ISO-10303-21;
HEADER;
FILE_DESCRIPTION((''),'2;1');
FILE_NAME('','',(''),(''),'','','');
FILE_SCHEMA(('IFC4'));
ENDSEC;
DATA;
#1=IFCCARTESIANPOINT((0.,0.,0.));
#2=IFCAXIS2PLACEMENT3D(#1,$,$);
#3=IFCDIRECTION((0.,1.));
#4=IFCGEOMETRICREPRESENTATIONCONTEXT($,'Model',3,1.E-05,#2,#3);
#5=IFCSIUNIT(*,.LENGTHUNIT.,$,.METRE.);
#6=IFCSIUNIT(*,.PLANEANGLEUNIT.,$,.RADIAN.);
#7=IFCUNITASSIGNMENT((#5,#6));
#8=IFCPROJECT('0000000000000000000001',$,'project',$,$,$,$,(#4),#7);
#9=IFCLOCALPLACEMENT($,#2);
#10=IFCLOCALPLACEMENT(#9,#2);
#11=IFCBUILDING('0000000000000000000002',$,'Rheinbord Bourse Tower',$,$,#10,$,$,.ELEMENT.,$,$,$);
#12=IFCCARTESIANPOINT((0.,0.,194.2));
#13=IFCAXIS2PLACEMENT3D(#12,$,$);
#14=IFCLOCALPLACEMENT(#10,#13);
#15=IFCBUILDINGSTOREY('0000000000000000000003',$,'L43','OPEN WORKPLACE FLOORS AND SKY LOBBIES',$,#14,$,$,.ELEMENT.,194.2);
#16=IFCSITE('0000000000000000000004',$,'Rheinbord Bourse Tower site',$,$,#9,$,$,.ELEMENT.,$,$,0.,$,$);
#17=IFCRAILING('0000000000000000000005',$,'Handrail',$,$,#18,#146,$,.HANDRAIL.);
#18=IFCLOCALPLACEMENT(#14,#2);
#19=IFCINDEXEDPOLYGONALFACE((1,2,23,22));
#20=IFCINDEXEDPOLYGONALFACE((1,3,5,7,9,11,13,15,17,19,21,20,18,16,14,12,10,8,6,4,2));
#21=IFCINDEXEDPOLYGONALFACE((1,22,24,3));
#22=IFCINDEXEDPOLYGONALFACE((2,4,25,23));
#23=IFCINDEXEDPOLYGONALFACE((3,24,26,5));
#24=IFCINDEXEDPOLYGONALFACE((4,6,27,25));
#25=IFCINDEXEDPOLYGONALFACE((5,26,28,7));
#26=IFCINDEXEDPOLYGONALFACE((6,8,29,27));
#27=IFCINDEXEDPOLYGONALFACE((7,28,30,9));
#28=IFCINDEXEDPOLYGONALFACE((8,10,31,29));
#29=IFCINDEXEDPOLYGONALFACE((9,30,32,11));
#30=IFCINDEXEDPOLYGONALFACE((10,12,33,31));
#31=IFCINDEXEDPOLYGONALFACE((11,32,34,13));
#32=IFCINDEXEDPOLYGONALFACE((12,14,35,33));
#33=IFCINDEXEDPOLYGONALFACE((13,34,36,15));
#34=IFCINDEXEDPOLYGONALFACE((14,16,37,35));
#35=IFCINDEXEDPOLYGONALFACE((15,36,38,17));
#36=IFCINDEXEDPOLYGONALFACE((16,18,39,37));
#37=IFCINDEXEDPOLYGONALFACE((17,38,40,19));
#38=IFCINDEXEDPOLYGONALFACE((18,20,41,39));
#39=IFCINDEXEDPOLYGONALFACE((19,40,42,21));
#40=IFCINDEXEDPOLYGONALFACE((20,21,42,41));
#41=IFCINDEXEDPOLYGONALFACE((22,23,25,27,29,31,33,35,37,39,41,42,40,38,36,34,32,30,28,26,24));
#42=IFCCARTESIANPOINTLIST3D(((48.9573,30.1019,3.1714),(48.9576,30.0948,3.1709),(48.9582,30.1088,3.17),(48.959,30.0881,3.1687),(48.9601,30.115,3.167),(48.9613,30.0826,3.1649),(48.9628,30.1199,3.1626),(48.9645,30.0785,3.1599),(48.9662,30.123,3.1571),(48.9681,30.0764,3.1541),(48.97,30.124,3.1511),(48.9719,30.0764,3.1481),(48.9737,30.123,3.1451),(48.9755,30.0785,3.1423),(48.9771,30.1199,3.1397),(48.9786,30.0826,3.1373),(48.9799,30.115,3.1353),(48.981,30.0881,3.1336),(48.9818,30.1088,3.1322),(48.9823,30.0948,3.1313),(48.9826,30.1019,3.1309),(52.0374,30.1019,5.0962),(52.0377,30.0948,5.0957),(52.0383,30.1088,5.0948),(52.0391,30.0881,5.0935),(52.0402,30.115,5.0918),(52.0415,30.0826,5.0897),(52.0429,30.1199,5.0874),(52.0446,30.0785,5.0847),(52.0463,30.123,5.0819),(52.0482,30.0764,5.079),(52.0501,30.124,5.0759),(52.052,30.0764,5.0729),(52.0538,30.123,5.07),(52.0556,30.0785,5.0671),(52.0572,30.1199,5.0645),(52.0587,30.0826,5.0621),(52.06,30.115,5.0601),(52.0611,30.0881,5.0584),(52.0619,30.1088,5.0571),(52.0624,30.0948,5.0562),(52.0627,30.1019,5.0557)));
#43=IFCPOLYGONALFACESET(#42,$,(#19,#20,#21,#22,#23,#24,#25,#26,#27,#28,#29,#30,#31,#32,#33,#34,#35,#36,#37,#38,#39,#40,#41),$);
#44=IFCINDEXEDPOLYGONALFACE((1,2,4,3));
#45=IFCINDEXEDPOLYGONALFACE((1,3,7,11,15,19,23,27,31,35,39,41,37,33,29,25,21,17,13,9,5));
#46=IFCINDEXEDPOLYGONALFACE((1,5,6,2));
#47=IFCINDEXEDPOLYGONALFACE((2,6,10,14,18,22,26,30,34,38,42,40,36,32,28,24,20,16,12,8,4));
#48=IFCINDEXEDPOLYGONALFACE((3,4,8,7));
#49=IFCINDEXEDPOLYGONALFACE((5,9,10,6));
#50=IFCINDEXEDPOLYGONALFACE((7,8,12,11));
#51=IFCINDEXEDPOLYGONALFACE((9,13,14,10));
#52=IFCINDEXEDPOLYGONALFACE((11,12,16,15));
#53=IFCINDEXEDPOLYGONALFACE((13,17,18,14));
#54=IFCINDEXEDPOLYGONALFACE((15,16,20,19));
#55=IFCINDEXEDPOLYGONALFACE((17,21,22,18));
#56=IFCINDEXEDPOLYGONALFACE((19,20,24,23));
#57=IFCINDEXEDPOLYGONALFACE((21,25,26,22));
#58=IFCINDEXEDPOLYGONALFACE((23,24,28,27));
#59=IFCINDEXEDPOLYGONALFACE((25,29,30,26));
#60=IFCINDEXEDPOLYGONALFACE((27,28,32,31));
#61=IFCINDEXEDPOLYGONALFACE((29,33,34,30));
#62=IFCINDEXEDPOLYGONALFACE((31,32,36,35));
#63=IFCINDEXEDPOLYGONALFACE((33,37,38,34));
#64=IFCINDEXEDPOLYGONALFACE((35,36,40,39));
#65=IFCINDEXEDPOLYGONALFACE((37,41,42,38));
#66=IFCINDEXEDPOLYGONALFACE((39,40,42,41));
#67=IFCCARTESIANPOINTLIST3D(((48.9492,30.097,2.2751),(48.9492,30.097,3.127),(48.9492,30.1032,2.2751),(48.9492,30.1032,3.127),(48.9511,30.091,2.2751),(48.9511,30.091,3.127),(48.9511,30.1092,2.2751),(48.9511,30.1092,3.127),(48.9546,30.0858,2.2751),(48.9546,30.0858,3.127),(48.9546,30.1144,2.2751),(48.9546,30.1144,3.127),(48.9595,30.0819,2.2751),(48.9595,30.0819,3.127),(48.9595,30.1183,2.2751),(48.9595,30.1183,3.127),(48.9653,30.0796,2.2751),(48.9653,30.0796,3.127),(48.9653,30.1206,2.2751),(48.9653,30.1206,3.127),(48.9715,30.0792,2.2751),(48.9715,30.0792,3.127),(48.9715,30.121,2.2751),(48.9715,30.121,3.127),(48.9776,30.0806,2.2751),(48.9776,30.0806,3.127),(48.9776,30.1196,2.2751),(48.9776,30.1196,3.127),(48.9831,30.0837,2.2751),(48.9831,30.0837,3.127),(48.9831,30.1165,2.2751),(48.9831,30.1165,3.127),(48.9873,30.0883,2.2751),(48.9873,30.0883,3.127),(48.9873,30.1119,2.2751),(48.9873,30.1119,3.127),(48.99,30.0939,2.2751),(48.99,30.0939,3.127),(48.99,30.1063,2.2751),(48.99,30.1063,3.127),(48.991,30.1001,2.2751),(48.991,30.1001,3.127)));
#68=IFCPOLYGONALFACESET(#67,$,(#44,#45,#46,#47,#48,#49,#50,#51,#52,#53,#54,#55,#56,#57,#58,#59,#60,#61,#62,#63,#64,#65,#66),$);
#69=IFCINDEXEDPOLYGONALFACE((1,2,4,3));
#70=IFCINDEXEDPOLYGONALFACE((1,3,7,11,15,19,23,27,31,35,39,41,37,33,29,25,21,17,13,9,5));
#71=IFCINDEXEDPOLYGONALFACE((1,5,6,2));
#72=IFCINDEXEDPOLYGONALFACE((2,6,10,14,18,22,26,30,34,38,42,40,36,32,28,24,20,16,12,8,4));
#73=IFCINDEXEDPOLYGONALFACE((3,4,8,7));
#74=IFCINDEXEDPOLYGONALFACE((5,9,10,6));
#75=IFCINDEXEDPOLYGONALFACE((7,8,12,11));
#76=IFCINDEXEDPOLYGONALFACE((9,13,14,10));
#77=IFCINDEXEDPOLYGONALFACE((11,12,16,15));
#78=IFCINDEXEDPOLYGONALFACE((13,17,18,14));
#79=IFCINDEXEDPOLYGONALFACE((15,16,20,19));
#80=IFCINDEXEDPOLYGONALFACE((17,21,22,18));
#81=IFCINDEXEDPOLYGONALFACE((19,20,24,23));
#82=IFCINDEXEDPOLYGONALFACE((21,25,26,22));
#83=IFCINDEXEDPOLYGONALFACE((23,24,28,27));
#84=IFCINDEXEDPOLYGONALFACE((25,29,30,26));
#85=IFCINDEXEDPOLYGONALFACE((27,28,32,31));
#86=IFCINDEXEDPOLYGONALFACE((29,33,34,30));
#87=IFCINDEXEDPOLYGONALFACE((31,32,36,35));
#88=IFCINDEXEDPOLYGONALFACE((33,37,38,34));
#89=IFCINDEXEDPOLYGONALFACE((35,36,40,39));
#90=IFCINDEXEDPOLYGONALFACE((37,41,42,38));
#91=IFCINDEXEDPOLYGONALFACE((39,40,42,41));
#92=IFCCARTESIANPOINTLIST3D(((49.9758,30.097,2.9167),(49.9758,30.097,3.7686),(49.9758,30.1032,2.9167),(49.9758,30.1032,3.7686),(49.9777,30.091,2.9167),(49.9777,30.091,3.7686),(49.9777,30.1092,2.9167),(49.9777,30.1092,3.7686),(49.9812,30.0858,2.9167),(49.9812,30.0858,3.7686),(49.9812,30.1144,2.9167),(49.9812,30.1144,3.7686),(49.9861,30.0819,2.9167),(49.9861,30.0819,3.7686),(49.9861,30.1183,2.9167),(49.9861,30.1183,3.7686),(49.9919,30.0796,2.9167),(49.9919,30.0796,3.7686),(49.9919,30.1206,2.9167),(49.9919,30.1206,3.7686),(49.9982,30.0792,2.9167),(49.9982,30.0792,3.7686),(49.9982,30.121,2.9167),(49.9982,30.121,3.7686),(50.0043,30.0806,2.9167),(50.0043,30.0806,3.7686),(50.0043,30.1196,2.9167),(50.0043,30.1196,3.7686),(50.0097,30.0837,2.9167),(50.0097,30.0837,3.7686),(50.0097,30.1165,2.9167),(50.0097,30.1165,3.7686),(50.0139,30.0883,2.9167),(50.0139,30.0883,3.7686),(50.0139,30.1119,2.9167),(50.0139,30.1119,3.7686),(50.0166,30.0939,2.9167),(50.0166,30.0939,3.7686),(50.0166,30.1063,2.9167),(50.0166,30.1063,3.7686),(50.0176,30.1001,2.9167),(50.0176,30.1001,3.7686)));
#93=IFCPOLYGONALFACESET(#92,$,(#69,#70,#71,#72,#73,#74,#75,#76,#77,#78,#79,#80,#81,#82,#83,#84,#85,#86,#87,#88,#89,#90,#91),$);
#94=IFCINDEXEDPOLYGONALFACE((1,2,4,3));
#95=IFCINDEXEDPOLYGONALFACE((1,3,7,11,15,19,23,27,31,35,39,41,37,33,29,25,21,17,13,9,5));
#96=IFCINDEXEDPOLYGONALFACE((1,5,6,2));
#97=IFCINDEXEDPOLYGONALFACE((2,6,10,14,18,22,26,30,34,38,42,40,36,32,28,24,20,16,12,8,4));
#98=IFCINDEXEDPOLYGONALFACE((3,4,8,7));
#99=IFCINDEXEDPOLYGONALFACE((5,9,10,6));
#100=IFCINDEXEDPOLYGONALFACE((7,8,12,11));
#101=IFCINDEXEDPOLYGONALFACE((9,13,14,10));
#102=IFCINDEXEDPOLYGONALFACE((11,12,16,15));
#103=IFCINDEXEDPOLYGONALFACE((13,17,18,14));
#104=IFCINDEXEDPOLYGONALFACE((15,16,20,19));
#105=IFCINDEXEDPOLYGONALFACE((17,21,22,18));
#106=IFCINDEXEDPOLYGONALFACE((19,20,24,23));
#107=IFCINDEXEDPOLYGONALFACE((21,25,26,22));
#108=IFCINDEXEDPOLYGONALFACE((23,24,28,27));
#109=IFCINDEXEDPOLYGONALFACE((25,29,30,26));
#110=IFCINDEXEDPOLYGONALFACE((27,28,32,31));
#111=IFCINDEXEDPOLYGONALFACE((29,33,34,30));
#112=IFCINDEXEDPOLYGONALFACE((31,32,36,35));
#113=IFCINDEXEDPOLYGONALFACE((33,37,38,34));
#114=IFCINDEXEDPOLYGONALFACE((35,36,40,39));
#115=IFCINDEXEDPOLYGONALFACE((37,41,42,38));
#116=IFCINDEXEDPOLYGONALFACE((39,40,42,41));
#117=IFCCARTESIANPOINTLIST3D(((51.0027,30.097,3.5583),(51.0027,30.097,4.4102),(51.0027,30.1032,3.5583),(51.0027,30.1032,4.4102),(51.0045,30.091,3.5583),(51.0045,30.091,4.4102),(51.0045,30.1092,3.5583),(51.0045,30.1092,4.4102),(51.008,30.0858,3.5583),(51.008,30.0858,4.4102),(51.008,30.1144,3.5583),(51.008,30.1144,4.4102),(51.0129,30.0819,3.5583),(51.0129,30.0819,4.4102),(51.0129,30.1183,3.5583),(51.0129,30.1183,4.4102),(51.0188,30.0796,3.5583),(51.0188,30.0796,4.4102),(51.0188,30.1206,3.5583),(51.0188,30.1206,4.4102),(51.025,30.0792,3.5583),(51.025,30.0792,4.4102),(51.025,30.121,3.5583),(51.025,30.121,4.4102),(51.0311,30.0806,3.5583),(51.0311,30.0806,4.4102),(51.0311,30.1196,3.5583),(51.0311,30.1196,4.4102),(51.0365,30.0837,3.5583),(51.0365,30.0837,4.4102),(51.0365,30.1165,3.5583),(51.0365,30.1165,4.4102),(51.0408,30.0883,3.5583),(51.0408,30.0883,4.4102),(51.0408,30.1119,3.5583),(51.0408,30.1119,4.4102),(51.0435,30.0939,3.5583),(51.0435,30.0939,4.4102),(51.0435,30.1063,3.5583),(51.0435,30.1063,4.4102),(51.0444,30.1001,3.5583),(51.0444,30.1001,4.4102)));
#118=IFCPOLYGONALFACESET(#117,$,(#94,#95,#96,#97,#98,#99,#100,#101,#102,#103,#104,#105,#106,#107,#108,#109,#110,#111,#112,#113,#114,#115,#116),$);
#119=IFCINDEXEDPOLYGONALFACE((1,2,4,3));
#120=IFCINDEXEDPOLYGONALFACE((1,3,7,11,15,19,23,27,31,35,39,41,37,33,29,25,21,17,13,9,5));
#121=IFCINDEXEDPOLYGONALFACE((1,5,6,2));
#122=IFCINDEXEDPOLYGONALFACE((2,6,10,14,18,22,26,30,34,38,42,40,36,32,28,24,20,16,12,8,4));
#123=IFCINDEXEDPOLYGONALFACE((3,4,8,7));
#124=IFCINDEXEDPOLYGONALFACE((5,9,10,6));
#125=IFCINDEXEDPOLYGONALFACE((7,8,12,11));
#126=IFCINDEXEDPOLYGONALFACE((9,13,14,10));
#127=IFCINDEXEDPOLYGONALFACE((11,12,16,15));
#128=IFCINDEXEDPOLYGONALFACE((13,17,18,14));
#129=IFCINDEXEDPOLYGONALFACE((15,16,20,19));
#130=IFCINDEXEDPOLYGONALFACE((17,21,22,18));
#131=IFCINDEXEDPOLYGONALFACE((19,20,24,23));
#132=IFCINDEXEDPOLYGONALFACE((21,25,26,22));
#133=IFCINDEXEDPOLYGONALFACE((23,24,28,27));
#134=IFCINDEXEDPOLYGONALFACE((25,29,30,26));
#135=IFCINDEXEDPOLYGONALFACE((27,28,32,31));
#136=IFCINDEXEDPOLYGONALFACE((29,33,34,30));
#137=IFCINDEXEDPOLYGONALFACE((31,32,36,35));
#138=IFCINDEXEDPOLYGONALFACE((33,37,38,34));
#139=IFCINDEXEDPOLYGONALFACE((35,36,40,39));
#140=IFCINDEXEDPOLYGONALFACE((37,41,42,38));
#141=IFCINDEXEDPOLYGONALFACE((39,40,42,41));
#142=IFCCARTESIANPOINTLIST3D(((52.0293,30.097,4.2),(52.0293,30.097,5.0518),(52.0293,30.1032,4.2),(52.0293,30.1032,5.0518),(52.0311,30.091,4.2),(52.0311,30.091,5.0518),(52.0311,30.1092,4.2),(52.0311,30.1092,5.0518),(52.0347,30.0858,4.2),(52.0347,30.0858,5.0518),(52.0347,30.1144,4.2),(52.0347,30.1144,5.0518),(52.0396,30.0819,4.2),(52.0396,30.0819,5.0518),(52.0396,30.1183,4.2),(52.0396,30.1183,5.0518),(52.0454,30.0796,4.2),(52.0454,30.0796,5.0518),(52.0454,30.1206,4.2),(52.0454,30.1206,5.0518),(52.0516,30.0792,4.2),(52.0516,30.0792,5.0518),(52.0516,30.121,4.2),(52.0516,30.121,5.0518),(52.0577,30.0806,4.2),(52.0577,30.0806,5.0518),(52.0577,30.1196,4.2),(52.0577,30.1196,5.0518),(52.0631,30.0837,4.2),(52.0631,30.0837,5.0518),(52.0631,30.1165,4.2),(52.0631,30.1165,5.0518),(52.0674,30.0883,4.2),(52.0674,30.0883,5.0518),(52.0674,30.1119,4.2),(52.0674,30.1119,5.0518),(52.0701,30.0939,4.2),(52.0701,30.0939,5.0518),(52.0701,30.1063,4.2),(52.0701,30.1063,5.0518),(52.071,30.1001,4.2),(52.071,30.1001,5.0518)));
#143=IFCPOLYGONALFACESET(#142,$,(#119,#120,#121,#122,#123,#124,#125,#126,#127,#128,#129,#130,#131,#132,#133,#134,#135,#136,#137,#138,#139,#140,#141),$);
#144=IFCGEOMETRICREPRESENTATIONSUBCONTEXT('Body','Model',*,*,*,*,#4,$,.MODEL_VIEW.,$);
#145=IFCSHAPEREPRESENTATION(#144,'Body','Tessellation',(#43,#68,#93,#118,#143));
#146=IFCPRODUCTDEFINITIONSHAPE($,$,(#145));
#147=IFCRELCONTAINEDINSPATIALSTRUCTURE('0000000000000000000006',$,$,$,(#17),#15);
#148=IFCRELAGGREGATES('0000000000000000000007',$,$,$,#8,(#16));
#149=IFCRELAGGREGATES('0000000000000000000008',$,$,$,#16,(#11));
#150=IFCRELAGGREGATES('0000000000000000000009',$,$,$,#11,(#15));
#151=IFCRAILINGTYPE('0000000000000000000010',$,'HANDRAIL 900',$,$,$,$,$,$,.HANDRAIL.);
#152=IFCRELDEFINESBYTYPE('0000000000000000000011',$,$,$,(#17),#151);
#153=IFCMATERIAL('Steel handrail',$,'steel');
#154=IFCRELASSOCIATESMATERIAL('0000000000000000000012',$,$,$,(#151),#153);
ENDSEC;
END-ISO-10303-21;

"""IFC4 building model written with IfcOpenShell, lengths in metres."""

from ifc_helpers import new_model, si_unit, direction, frame, origin, origin_2d, place, context, subcontext, project, spatial, circle, extrude, material, type_object, element, save


model = new_model("IFC4")

# Units and contexts
model_context = context("Model", 3, precision=1e-05, world=origin(), true_north=direction((0.0, 1.0)))
body_context = subcontext(model_context, "Body", "Model", "MODEL_VIEW")
ifc_project = project(units=[si_unit("LENGTHUNIT", "METRE"), si_unit("PLANEANGLEUNIT", "RADIAN")], contexts=[model_context])

# Site, building, storey
site_placement = place(None, origin())
site = spatial("IfcSite", under=ifc_project, at=site_placement, Name="Rheinbord Bourse Tower site", CompositionType="ELEMENT", RefElevation=0.0)
building_placement = place(site_placement, origin())
building = spatial("IfcBuilding", under=site, at=building_placement, Name="Rheinbord Bourse Tower", CompositionType="ELEMENT")
storey_placement = place(building_placement, frame((0.0, 0.0, 194.2)))
storey = spatial("IfcBuildingStorey", under=building, at=storey_placement, Name="L43", Description="OPEN WORKPLACE FLOORS AND SKY LOBBIES", CompositionType="ELEMENT", Elevation=194.2)

# Railing
ifc_material_1 = material(Name="Steel handrail", Category="steel")
railing_type = type_object("IfcRailingType", Name="HANDRAIL 900", PredefinedType="HANDRAIL", material=ifc_material_1)
railing_1_placement = place(storey_placement, frame((48.97, 30.1001, 2.2751)))
element("IfcRailing", 1, at=railing_1_placement, inside=storey, type_object=railing_type, Name="Handrail", PredefinedType="HANDRAIL", context=body_context, shape_type="SweptSolid", body=[
    extrude(circle(Radius=0.0239, at=origin_2d()), frame((0.0, 0.0, 0.876), z_axis=(0.848029, 0.0, 0.529951), x_axis=(0.0, 1.0, 0.0)), (0.0, 0.0, 1.0), 3.6321),
    extrude(circle(Radius=0.021, at=origin_2d()), origin(), (0.0, 0.0, 1.0), 0.8518),
    extrude(circle(Radius=0.021, at=origin_2d()), frame((1.0266, 0.0, 0.6416)), (0.0, 0.0, 1.0), 0.8518),
    extrude(circle(Radius=0.021, at=origin_2d()), frame((2.0535, 0.0, 1.2832)), (0.0, 0.0, 1.0), 0.8518),
    extrude(circle(Radius=0.021, at=origin_2d()), frame((3.0801, 0.0, 1.9248)), (0.0, 0.0, 1.0), 0.8518),
])

save(model, "model.ifc")
